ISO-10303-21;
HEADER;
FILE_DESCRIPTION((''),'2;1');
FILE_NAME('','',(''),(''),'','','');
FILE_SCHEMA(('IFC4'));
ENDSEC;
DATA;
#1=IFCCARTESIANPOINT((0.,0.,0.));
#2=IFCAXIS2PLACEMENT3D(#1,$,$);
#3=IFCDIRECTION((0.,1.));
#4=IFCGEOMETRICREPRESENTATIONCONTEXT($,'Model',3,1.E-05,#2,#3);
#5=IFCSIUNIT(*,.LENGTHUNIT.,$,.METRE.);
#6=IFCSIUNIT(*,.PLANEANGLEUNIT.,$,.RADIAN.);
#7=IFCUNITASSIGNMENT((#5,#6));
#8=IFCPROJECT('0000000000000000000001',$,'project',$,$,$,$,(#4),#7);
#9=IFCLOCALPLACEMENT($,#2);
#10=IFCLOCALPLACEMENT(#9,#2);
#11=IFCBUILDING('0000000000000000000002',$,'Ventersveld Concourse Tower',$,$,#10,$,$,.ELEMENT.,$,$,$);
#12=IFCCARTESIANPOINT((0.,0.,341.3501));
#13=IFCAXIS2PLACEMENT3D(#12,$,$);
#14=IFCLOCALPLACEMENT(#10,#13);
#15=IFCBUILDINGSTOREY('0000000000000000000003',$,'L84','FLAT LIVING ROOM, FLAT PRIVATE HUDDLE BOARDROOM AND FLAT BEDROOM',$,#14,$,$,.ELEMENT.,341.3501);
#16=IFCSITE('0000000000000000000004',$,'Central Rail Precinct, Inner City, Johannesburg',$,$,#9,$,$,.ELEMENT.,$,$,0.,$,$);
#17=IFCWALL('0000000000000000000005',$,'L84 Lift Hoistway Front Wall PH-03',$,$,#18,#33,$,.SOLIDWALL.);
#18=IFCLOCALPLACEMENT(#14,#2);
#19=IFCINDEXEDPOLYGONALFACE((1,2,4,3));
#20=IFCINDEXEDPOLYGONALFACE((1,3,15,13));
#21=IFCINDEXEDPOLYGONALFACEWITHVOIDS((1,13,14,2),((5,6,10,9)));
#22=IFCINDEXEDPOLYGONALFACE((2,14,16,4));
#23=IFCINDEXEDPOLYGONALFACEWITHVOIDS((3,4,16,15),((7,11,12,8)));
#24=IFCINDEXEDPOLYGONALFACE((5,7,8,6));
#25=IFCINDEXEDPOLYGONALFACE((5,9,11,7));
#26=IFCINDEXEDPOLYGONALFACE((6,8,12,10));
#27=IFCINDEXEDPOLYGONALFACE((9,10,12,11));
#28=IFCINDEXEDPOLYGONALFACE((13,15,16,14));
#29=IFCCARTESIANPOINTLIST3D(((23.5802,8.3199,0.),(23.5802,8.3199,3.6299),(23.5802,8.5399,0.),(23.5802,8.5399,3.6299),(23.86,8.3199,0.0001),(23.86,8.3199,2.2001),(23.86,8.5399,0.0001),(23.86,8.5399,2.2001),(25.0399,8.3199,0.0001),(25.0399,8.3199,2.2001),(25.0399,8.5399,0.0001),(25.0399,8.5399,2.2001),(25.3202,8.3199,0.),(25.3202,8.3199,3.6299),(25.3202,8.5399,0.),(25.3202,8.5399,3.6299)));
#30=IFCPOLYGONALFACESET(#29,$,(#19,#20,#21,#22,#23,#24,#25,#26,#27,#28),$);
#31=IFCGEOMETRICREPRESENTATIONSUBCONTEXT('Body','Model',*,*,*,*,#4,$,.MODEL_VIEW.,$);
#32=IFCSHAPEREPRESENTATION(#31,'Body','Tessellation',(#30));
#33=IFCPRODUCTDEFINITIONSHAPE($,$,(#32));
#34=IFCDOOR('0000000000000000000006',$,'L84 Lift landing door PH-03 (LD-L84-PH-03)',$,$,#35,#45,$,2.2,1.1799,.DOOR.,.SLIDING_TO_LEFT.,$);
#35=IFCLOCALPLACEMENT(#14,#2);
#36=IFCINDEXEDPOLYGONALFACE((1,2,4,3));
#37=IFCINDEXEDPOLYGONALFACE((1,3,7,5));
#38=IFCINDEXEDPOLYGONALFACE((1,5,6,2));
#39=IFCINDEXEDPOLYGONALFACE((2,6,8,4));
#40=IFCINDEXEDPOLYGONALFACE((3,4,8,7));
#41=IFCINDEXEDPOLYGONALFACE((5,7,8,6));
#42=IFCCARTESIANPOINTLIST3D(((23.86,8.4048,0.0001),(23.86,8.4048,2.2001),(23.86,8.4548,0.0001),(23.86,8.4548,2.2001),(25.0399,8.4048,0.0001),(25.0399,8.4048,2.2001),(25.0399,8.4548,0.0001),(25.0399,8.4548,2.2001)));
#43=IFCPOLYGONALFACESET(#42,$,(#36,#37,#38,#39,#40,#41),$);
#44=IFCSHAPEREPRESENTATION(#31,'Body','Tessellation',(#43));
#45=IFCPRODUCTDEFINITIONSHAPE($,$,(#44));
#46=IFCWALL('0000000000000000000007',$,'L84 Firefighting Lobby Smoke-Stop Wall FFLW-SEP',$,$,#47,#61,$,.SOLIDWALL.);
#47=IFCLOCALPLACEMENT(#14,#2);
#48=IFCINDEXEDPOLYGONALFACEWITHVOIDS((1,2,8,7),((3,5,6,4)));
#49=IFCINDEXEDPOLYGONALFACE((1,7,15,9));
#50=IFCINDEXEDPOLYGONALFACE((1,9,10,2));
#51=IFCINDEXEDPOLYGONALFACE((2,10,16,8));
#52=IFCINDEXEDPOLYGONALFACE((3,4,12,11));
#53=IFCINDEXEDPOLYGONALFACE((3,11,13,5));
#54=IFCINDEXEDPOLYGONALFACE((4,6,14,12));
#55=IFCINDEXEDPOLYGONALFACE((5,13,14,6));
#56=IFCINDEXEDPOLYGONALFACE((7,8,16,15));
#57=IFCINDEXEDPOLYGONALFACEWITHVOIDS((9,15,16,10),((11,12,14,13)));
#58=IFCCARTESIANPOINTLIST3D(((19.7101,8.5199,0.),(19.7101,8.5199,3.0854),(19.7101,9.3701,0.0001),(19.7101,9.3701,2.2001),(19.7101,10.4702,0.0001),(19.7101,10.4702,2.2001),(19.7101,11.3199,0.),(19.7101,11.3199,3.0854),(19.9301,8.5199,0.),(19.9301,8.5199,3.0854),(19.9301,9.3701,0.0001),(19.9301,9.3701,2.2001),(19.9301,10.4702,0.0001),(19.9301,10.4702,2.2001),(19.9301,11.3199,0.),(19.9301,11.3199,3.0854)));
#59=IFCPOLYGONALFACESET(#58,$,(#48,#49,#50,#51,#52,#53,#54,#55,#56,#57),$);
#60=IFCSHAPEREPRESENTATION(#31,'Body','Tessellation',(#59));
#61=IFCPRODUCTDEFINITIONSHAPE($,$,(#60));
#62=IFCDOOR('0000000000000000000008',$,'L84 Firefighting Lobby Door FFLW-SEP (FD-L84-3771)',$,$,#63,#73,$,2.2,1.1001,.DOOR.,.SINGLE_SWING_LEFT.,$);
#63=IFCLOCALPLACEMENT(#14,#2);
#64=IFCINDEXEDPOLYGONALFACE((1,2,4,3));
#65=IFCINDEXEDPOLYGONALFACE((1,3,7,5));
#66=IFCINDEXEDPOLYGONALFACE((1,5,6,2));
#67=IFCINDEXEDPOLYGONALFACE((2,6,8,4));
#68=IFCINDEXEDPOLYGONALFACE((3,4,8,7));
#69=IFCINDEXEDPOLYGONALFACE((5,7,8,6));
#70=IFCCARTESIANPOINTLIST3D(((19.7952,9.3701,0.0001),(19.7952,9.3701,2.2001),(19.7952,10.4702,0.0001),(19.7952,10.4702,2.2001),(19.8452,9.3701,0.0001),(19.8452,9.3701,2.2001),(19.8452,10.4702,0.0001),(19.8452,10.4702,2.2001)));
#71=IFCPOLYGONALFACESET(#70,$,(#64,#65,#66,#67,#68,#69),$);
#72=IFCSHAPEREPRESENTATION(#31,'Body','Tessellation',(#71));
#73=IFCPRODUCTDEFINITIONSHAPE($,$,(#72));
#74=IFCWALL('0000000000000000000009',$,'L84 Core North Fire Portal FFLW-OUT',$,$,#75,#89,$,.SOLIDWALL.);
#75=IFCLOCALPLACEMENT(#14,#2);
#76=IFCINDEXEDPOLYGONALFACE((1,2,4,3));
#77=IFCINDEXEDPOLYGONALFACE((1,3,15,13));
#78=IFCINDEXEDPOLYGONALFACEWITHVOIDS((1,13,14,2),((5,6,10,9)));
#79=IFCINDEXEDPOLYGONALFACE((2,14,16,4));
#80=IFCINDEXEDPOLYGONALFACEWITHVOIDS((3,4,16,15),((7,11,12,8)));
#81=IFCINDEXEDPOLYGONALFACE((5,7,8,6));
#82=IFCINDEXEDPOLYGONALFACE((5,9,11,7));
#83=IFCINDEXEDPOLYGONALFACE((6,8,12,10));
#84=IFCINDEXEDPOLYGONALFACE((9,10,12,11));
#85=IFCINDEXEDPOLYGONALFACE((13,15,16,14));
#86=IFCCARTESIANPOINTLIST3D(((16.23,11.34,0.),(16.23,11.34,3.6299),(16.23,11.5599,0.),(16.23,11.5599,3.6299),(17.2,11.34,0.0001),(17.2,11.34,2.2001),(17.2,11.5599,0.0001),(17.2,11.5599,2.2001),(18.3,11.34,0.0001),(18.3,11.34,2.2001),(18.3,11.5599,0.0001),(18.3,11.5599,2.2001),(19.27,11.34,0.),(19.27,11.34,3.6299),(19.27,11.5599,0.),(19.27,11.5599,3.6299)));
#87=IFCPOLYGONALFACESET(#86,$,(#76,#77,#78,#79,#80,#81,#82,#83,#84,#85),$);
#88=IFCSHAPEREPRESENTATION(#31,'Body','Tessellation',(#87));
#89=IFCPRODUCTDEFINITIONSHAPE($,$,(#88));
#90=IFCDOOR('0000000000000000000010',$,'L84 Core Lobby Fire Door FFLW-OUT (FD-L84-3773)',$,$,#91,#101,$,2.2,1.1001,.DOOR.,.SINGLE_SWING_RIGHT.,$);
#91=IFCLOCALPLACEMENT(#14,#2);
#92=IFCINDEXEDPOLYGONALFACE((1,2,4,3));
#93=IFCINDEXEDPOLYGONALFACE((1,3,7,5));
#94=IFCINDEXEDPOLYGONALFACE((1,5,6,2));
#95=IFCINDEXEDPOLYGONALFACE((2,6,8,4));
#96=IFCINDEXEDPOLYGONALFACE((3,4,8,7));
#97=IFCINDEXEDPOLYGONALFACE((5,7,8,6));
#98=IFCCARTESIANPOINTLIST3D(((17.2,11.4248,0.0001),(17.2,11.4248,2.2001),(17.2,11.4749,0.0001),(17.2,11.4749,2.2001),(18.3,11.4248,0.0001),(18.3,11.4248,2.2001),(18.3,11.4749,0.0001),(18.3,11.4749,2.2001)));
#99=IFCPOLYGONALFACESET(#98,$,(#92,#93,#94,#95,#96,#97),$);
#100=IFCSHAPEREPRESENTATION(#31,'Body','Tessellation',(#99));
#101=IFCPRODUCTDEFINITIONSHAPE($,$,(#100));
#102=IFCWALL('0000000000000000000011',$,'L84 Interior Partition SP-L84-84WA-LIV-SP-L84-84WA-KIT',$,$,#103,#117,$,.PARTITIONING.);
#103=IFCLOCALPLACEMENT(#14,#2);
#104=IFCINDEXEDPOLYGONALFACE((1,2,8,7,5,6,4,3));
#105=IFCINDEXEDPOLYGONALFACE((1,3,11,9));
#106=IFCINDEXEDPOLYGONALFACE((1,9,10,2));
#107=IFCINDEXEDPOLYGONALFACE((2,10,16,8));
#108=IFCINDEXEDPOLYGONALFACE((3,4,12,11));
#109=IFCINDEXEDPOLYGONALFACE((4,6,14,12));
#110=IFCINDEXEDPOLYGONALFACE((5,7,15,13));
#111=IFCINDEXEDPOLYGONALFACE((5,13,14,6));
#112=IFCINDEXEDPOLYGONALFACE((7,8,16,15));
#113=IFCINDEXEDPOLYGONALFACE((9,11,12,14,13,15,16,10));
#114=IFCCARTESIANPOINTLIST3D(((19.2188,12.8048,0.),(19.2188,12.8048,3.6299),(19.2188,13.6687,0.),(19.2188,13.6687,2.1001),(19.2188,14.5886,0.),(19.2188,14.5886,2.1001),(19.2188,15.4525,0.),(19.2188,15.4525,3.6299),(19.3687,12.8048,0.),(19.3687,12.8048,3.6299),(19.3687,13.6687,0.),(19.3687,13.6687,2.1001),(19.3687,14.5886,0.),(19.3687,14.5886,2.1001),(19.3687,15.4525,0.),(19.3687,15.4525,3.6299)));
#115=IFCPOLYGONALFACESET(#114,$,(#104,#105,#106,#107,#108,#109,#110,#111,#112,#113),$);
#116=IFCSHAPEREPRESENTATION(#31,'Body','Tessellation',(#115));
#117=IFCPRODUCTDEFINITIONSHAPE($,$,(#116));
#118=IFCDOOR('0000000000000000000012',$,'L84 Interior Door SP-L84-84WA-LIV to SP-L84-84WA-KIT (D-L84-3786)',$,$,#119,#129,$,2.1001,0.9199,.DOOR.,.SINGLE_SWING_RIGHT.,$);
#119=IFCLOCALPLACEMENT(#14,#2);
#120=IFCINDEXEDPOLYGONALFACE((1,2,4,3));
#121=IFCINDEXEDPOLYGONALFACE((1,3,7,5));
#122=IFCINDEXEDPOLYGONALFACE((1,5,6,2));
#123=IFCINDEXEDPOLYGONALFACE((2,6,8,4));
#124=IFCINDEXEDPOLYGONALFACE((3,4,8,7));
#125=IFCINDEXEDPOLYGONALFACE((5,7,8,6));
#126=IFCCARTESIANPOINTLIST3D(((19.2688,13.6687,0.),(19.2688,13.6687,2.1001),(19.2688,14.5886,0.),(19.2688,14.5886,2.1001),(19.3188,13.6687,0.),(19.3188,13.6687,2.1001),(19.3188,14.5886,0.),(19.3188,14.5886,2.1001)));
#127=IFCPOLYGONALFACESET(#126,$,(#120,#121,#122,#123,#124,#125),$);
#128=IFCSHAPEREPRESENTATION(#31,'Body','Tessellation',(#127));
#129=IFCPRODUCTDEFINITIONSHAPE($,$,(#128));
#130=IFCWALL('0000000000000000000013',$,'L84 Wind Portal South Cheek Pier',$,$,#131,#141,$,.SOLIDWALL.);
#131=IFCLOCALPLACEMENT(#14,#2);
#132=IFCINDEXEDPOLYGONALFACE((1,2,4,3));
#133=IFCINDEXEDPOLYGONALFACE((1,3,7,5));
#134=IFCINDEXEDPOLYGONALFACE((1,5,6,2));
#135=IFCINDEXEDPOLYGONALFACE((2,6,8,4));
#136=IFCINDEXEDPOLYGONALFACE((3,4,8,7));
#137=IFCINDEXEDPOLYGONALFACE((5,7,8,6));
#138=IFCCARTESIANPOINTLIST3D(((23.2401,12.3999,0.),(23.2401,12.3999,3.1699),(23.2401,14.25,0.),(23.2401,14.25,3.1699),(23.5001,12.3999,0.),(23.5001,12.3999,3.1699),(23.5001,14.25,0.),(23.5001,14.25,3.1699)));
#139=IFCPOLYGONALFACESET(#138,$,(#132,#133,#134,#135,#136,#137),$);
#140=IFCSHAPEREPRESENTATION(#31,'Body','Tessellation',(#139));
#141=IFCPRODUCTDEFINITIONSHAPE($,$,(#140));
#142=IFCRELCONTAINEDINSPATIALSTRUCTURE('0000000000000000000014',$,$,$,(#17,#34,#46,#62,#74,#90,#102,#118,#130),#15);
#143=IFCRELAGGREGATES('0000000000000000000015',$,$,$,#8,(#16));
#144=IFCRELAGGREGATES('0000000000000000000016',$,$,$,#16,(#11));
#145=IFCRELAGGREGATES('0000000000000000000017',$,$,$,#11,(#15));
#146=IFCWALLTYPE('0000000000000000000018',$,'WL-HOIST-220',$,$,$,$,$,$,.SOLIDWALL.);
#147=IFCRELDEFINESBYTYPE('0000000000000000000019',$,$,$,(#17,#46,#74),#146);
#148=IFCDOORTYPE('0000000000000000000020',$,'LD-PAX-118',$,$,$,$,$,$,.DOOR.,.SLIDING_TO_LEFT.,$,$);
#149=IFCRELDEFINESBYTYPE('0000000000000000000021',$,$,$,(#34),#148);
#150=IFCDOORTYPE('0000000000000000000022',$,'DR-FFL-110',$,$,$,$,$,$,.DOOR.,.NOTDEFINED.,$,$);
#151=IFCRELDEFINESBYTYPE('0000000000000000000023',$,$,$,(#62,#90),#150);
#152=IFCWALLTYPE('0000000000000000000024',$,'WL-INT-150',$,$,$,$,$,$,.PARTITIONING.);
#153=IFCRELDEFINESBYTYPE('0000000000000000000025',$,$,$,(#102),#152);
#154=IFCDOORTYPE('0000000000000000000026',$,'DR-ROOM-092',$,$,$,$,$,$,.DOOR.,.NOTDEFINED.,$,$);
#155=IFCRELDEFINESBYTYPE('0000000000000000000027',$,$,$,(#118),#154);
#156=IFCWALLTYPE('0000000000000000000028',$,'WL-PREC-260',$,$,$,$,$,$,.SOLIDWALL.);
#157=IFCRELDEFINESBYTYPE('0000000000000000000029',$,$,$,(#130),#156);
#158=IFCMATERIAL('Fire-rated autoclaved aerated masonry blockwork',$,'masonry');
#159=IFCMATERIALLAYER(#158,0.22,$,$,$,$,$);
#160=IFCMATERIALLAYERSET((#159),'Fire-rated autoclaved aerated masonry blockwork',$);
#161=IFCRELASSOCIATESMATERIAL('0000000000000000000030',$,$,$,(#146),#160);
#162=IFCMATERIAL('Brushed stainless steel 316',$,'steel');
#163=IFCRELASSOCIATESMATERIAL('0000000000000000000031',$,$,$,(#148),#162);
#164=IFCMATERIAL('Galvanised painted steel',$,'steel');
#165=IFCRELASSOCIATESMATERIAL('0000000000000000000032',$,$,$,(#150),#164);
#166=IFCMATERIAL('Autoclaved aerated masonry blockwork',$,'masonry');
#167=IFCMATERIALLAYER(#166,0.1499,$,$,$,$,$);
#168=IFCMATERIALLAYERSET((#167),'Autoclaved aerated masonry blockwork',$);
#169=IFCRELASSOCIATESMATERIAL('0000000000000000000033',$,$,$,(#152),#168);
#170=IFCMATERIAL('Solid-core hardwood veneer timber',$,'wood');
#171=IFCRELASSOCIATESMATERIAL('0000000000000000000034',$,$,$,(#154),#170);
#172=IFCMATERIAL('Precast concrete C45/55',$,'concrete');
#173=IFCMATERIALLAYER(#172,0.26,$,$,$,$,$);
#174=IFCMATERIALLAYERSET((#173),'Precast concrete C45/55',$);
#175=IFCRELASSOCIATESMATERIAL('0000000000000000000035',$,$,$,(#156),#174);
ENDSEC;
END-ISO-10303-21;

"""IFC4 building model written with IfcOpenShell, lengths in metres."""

from ifc_helpers import new_model, si_unit, direction, frame, frame_2d, origin, place, context, subcontext, project, spatial, rectangle, extrude, material, layer, layer_set, type_object, element, fill, save


model = new_model("IFC4")

# Units and contexts
model_context = context("Model", 3, precision=1e-05, world=origin(), true_north=direction((0.0, 1.0)))
body_context = subcontext(model_context, "Body", "Model", "MODEL_VIEW")
ifc_project = project(units=[si_unit("LENGTHUNIT", "METRE"), si_unit("PLANEANGLEUNIT", "RADIAN")], contexts=[model_context])

# Site, building, storey
site_placement = place(None, origin())
site = spatial("IfcSite", under=ifc_project, at=site_placement, Name="Central Rail Precinct, Inner City, Johannesburg", CompositionType="ELEMENT", RefElevation=0.0)
building_placement = place(site_placement, origin())
building = spatial("IfcBuilding", under=site, at=building_placement, Name="Ventersveld Concourse Tower", CompositionType="ELEMENT")
storey_placement = place(building_placement, frame((0.0, 0.0, 341.3501)))
storey = spatial("IfcBuildingStorey", under=building, at=storey_placement, Name="L84", Description="FLAT LIVING ROOM, FLAT PRIVATE HUDDLE BOARDROOM AND FLAT BEDROOM", CompositionType="ELEMENT", Elevation=341.3501)

# Shared definitions
ifc_material_1 = material(Name="Fire-rated autoclaved aerated masonry blockwork", Category="masonry")

# Walls, openings, doors
ifc_layer_1 = layer(ifc_material_1, 0.22)
ifc_layer_set_1 = layer_set([ifc_layer_1], Name="Fire-rated autoclaved aerated masonry blockwork")
wall_type_1 = type_object("IfcWallType", Name="WL-HOIST-220", PredefinedType="SOLIDWALL", material=ifc_layer_set_1)
ifc_material_2 = material(Name="Brushed stainless steel 316", Category="steel")
door_type_1 = type_object("IfcDoorType", Name="LD-PAX-118", OperationType="SLIDING_TO_LEFT", PredefinedType="DOOR", material=ifc_material_2)
wall_1_placement = place(storey_placement, frame((23.5801, 8.4299, 0.0), z_axis=(0.0, 0.0, 1.0), x_axis=(1.0, 0.0, 0.0)))
wall_1 = element("IfcWall", 1, at=wall_1_placement, inside=storey, type_object=wall_type_1, Name="L84 Lift Hoistway Front Wall PH-03", PredefinedType="SOLIDWALL", context=body_context, shape_type="SweptSolid", body=[
    extrude(rectangle(XDim=1.74, YDim=0.22, at=frame_2d((0.8701, 0.0))), origin(), (0.0, 0.0, 1.0), 3.6299),
])
opening_1_placement = place(wall_1_placement, frame((0.28, 0.0, 0.0)))
opening_1 = element("IfcOpeningElement", 2, at=opening_1_placement, cuts=wall_1, PredefinedType="OPENING", context=body_context, shape_type="SweptSolid", body=[
    extrude(rectangle(XDim=1.1799, YDim=2.2, at=frame_2d((0.5898, 1.1001))), frame((0.0, 0.1201, 0.0), z_axis=(0.0, -1.0, 0.0), x_axis=(1.0, 0.0, 0.0)), (0.0, 0.0, 1.0), 0.24),
])
door_1_placement = place(opening_1_placement, origin())
door_1 = element("IfcDoor", 3, at=door_1_placement, inside=storey, type_object=door_type_1, Name="L84 Lift landing door PH-03 (LD-L84-PH-03)", OperationType="SLIDING_TO_LEFT", OverallHeight=2.2, OverallWidth=1.1799, PredefinedType="DOOR", context=body_context, shape_type="SweptSolid", body=[
    extrude(rectangle(XDim=1.1799, YDim=2.2, at=frame_2d((0.5898, 1.1001))), frame((0.0, 0.0249, 0.0), z_axis=(0.0, -1.0, 0.0), x_axis=(1.0, 0.0, 0.0)), (0.0, 0.0, 1.0), 0.05),
])
fill(opening_1, door_1)
wall_2_placement = place(storey_placement, frame((19.8201, 8.52, 0.0), z_axis=(0.0, 0.0, 1.0), x_axis=(0.0, 1.0, 0.0)))
wall_2 = element("IfcWall", 4, at=wall_2_placement, inside=storey, type_object=wall_type_1, Name="L84 Firefighting Lobby Smoke-Stop Wall FFLW-SEP", PredefinedType="SOLIDWALL", context=body_context, shape_type="SweptSolid", body=[
    extrude(rectangle(XDim=2.8, YDim=0.22, at=frame_2d((1.3999, 0.0))), origin(), (0.0, 0.0, 1.0), 3.0854),
])
opening_2_placement = place(wall_2_placement, frame((0.8501, 0.0, 0.0)))
opening_2 = element("IfcOpeningElement", 5, at=opening_2_placement, cuts=wall_2, PredefinedType="OPENING", context=body_context, shape_type="SweptSolid", body=[
    extrude(rectangle(XDim=1.1001, YDim=2.2, at=frame_2d((0.55, 1.1001))), frame((0.0, 0.1201, 0.0), z_axis=(0.0, -1.0, 0.0), x_axis=(1.0, 0.0, 0.0)), (0.0, 0.0, 1.0), 0.24),
])
ifc_material_3 = material(Name="Galvanised painted steel", Category="steel")
door_type_2 = type_object("IfcDoorType", Name="DR-FFL-110", OperationType="NOTDEFINED", PredefinedType="DOOR", material=ifc_material_3)
door_2_placement = place(opening_2_placement, origin())
door_2 = element("IfcDoor", 6, at=door_2_placement, inside=storey, type_object=door_type_2, Name="L84 Firefighting Lobby Door FFLW-SEP (FD-L84-3771)", OperationType="SINGLE_SWING_LEFT", OverallHeight=2.2, OverallWidth=1.1001, PredefinedType="DOOR", context=body_context, shape_type="SweptSolid", body=[
    extrude(rectangle(XDim=1.1001, YDim=2.2, at=frame_2d((0.55, 1.1001))), frame((0.0, 0.0249, 0.0), z_axis=(0.0, -1.0, 0.0), x_axis=(1.0, 0.0, 0.0)), (0.0, 0.0, 1.0), 0.05),
])
fill(opening_2, door_2)
wall_3_placement = place(storey_placement, frame((16.23, 11.45, 0.0), z_axis=(0.0, 0.0, 1.0), x_axis=(1.0, 0.0, 0.0)))
wall_3 = element("IfcWall", 7, at=wall_3_placement, inside=storey, type_object=wall_type_1, Name="L84 Core North Fire Portal FFLW-OUT", PredefinedType="SOLIDWALL", context=body_context, shape_type="SweptSolid", body=[
    extrude(rectangle(XDim=3.04, YDim=0.22, at=frame_2d((1.52, 0.0))), origin(), (0.0, 0.0, 1.0), 3.6299),
])
opening_3_placement = place(wall_3_placement, frame((0.97, 0.0, 0.0)))
opening_3 = element("IfcOpeningElement", 8, at=opening_3_placement, cuts=wall_3, PredefinedType="OPENING", context=body_context, shape_type="SweptSolid", body=[
    extrude(rectangle(XDim=1.1001, YDim=2.2, at=frame_2d((0.55, 1.1001))), frame((0.0, 0.1201, 0.0), z_axis=(0.0, -1.0, 0.0), x_axis=(1.0, 0.0, 0.0)), (0.0, 0.0, 1.0), 0.24),
])
door_3_placement = place(opening_3_placement, origin())
door_3 = element("IfcDoor", 9, at=door_3_placement, inside=storey, type_object=door_type_2, Name="L84 Core Lobby Fire Door FFLW-OUT (FD-L84-3773)", OperationType="SINGLE_SWING_RIGHT", OverallHeight=2.2, OverallWidth=1.1001, PredefinedType="DOOR", context=body_context, shape_type="SweptSolid", body=[
    extrude(rectangle(XDim=1.1001, YDim=2.2, at=frame_2d((0.55, 1.1001))), frame((0.0, 0.0249, 0.0), z_axis=(0.0, -1.0, 0.0), x_axis=(1.0, 0.0, 0.0)), (0.0, 0.0, 1.0), 0.05),
])
fill(opening_3, door_3)
ifc_material_4 = material(Name="Autoclaved aerated masonry blockwork", Category="masonry")
ifc_layer_2 = layer(ifc_material_4, 0.1499)
ifc_layer_set_2 = layer_set([ifc_layer_2], Name="Autoclaved aerated masonry blockwork")
wall_type_2 = type_object("IfcWallType", Name="WL-INT-150", PredefinedType="PARTITIONING", material=ifc_layer_set_2)
wall_4_placement = place(storey_placement, frame((19.2937, 12.8049, 0.0), z_axis=(0.0, 0.0, 1.0), x_axis=(0.0, 1.0, 0.0)))
wall_4 = element("IfcWall", 10, at=wall_4_placement, inside=storey, type_object=wall_type_2, Name="L84 Interior Partition SP-L84-84WA-LIV-SP-L84-84WA-KIT", PredefinedType="PARTITIONING", context=body_context, shape_type="SweptSolid", body=[
    extrude(rectangle(XDim=2.6477, YDim=0.1499, at=frame_2d((1.3237, 0.0))), origin(), (0.0, 0.0, 1.0), 3.6299),
])
opening_4_placement = place(wall_4_placement, frame((0.8638, 0.0, 0.0)))
opening_4 = element("IfcOpeningElement", 11, at=opening_4_placement, cuts=wall_4, PredefinedType="OPENING", context=body_context, shape_type="SweptSolid", body=[
    extrude(rectangle(XDim=0.9199, YDim=2.1001, at=frame_2d((0.46, 1.05))), frame((0.0, 0.085, 0.0), z_axis=(0.0, -1.0, 0.0), x_axis=(1.0, 0.0, 0.0)), (0.0, 0.0, 1.0), 0.1699),
])
ifc_material_5 = material(Name="Solid-core hardwood veneer timber", Category="wood")
door_type_3 = type_object("IfcDoorType", Name="DR-ROOM-092", OperationType="NOTDEFINED", PredefinedType="DOOR", material=ifc_material_5)
door_4_placement = place(opening_4_placement, origin())
door_4 = element("IfcDoor", 12, at=door_4_placement, inside=storey, type_object=door_type_3, Name="L84 Interior Door SP-L84-84WA-LIV to SP-L84-84WA-KIT (D-L84-3786)", OperationType="SINGLE_SWING_RIGHT", OverallHeight=2.1001, OverallWidth=0.9199, PredefinedType="DOOR", context=body_context, shape_type="SweptSolid", body=[
    extrude(rectangle(XDim=0.9199, YDim=2.1001, at=frame_2d((0.46, 1.05))), frame((0.0, 0.0249, 0.0), z_axis=(0.0, -1.0, 0.0), x_axis=(1.0, 0.0, 0.0)), (0.0, 0.0, 1.0), 0.05),
])
fill(opening_4, door_4)

# Wall
ifc_material_6 = material(Name="Precast concrete C45/55", Category="concrete")
ifc_layer_3 = layer(ifc_material_6, 0.26)
ifc_layer_set_3 = layer_set([ifc_layer_3], Name="Precast concrete C45/55")
wall_type_3 = type_object("IfcWallType", Name="WL-PREC-260", PredefinedType="SOLIDWALL", material=ifc_layer_set_3)
wall_5_placement = place(storey_placement, frame((23.3701, 12.3999, 0.0), z_axis=(0.0, 0.0, 1.0), x_axis=(0.0, 1.0, 0.0)))
element("IfcWall", 13, at=wall_5_placement, inside=storey, type_object=wall_type_3, Name="L84 Wind Portal South Cheek Pier", PredefinedType="SOLIDWALL", context=body_context, shape_type="SweptSolid", body=[
    extrude(rectangle(XDim=1.8501, YDim=0.26, at=frame_2d((0.925, 0.0))), origin(), (0.0, 0.0, 1.0), 3.1699),
])

save(model, "model.ifc")
